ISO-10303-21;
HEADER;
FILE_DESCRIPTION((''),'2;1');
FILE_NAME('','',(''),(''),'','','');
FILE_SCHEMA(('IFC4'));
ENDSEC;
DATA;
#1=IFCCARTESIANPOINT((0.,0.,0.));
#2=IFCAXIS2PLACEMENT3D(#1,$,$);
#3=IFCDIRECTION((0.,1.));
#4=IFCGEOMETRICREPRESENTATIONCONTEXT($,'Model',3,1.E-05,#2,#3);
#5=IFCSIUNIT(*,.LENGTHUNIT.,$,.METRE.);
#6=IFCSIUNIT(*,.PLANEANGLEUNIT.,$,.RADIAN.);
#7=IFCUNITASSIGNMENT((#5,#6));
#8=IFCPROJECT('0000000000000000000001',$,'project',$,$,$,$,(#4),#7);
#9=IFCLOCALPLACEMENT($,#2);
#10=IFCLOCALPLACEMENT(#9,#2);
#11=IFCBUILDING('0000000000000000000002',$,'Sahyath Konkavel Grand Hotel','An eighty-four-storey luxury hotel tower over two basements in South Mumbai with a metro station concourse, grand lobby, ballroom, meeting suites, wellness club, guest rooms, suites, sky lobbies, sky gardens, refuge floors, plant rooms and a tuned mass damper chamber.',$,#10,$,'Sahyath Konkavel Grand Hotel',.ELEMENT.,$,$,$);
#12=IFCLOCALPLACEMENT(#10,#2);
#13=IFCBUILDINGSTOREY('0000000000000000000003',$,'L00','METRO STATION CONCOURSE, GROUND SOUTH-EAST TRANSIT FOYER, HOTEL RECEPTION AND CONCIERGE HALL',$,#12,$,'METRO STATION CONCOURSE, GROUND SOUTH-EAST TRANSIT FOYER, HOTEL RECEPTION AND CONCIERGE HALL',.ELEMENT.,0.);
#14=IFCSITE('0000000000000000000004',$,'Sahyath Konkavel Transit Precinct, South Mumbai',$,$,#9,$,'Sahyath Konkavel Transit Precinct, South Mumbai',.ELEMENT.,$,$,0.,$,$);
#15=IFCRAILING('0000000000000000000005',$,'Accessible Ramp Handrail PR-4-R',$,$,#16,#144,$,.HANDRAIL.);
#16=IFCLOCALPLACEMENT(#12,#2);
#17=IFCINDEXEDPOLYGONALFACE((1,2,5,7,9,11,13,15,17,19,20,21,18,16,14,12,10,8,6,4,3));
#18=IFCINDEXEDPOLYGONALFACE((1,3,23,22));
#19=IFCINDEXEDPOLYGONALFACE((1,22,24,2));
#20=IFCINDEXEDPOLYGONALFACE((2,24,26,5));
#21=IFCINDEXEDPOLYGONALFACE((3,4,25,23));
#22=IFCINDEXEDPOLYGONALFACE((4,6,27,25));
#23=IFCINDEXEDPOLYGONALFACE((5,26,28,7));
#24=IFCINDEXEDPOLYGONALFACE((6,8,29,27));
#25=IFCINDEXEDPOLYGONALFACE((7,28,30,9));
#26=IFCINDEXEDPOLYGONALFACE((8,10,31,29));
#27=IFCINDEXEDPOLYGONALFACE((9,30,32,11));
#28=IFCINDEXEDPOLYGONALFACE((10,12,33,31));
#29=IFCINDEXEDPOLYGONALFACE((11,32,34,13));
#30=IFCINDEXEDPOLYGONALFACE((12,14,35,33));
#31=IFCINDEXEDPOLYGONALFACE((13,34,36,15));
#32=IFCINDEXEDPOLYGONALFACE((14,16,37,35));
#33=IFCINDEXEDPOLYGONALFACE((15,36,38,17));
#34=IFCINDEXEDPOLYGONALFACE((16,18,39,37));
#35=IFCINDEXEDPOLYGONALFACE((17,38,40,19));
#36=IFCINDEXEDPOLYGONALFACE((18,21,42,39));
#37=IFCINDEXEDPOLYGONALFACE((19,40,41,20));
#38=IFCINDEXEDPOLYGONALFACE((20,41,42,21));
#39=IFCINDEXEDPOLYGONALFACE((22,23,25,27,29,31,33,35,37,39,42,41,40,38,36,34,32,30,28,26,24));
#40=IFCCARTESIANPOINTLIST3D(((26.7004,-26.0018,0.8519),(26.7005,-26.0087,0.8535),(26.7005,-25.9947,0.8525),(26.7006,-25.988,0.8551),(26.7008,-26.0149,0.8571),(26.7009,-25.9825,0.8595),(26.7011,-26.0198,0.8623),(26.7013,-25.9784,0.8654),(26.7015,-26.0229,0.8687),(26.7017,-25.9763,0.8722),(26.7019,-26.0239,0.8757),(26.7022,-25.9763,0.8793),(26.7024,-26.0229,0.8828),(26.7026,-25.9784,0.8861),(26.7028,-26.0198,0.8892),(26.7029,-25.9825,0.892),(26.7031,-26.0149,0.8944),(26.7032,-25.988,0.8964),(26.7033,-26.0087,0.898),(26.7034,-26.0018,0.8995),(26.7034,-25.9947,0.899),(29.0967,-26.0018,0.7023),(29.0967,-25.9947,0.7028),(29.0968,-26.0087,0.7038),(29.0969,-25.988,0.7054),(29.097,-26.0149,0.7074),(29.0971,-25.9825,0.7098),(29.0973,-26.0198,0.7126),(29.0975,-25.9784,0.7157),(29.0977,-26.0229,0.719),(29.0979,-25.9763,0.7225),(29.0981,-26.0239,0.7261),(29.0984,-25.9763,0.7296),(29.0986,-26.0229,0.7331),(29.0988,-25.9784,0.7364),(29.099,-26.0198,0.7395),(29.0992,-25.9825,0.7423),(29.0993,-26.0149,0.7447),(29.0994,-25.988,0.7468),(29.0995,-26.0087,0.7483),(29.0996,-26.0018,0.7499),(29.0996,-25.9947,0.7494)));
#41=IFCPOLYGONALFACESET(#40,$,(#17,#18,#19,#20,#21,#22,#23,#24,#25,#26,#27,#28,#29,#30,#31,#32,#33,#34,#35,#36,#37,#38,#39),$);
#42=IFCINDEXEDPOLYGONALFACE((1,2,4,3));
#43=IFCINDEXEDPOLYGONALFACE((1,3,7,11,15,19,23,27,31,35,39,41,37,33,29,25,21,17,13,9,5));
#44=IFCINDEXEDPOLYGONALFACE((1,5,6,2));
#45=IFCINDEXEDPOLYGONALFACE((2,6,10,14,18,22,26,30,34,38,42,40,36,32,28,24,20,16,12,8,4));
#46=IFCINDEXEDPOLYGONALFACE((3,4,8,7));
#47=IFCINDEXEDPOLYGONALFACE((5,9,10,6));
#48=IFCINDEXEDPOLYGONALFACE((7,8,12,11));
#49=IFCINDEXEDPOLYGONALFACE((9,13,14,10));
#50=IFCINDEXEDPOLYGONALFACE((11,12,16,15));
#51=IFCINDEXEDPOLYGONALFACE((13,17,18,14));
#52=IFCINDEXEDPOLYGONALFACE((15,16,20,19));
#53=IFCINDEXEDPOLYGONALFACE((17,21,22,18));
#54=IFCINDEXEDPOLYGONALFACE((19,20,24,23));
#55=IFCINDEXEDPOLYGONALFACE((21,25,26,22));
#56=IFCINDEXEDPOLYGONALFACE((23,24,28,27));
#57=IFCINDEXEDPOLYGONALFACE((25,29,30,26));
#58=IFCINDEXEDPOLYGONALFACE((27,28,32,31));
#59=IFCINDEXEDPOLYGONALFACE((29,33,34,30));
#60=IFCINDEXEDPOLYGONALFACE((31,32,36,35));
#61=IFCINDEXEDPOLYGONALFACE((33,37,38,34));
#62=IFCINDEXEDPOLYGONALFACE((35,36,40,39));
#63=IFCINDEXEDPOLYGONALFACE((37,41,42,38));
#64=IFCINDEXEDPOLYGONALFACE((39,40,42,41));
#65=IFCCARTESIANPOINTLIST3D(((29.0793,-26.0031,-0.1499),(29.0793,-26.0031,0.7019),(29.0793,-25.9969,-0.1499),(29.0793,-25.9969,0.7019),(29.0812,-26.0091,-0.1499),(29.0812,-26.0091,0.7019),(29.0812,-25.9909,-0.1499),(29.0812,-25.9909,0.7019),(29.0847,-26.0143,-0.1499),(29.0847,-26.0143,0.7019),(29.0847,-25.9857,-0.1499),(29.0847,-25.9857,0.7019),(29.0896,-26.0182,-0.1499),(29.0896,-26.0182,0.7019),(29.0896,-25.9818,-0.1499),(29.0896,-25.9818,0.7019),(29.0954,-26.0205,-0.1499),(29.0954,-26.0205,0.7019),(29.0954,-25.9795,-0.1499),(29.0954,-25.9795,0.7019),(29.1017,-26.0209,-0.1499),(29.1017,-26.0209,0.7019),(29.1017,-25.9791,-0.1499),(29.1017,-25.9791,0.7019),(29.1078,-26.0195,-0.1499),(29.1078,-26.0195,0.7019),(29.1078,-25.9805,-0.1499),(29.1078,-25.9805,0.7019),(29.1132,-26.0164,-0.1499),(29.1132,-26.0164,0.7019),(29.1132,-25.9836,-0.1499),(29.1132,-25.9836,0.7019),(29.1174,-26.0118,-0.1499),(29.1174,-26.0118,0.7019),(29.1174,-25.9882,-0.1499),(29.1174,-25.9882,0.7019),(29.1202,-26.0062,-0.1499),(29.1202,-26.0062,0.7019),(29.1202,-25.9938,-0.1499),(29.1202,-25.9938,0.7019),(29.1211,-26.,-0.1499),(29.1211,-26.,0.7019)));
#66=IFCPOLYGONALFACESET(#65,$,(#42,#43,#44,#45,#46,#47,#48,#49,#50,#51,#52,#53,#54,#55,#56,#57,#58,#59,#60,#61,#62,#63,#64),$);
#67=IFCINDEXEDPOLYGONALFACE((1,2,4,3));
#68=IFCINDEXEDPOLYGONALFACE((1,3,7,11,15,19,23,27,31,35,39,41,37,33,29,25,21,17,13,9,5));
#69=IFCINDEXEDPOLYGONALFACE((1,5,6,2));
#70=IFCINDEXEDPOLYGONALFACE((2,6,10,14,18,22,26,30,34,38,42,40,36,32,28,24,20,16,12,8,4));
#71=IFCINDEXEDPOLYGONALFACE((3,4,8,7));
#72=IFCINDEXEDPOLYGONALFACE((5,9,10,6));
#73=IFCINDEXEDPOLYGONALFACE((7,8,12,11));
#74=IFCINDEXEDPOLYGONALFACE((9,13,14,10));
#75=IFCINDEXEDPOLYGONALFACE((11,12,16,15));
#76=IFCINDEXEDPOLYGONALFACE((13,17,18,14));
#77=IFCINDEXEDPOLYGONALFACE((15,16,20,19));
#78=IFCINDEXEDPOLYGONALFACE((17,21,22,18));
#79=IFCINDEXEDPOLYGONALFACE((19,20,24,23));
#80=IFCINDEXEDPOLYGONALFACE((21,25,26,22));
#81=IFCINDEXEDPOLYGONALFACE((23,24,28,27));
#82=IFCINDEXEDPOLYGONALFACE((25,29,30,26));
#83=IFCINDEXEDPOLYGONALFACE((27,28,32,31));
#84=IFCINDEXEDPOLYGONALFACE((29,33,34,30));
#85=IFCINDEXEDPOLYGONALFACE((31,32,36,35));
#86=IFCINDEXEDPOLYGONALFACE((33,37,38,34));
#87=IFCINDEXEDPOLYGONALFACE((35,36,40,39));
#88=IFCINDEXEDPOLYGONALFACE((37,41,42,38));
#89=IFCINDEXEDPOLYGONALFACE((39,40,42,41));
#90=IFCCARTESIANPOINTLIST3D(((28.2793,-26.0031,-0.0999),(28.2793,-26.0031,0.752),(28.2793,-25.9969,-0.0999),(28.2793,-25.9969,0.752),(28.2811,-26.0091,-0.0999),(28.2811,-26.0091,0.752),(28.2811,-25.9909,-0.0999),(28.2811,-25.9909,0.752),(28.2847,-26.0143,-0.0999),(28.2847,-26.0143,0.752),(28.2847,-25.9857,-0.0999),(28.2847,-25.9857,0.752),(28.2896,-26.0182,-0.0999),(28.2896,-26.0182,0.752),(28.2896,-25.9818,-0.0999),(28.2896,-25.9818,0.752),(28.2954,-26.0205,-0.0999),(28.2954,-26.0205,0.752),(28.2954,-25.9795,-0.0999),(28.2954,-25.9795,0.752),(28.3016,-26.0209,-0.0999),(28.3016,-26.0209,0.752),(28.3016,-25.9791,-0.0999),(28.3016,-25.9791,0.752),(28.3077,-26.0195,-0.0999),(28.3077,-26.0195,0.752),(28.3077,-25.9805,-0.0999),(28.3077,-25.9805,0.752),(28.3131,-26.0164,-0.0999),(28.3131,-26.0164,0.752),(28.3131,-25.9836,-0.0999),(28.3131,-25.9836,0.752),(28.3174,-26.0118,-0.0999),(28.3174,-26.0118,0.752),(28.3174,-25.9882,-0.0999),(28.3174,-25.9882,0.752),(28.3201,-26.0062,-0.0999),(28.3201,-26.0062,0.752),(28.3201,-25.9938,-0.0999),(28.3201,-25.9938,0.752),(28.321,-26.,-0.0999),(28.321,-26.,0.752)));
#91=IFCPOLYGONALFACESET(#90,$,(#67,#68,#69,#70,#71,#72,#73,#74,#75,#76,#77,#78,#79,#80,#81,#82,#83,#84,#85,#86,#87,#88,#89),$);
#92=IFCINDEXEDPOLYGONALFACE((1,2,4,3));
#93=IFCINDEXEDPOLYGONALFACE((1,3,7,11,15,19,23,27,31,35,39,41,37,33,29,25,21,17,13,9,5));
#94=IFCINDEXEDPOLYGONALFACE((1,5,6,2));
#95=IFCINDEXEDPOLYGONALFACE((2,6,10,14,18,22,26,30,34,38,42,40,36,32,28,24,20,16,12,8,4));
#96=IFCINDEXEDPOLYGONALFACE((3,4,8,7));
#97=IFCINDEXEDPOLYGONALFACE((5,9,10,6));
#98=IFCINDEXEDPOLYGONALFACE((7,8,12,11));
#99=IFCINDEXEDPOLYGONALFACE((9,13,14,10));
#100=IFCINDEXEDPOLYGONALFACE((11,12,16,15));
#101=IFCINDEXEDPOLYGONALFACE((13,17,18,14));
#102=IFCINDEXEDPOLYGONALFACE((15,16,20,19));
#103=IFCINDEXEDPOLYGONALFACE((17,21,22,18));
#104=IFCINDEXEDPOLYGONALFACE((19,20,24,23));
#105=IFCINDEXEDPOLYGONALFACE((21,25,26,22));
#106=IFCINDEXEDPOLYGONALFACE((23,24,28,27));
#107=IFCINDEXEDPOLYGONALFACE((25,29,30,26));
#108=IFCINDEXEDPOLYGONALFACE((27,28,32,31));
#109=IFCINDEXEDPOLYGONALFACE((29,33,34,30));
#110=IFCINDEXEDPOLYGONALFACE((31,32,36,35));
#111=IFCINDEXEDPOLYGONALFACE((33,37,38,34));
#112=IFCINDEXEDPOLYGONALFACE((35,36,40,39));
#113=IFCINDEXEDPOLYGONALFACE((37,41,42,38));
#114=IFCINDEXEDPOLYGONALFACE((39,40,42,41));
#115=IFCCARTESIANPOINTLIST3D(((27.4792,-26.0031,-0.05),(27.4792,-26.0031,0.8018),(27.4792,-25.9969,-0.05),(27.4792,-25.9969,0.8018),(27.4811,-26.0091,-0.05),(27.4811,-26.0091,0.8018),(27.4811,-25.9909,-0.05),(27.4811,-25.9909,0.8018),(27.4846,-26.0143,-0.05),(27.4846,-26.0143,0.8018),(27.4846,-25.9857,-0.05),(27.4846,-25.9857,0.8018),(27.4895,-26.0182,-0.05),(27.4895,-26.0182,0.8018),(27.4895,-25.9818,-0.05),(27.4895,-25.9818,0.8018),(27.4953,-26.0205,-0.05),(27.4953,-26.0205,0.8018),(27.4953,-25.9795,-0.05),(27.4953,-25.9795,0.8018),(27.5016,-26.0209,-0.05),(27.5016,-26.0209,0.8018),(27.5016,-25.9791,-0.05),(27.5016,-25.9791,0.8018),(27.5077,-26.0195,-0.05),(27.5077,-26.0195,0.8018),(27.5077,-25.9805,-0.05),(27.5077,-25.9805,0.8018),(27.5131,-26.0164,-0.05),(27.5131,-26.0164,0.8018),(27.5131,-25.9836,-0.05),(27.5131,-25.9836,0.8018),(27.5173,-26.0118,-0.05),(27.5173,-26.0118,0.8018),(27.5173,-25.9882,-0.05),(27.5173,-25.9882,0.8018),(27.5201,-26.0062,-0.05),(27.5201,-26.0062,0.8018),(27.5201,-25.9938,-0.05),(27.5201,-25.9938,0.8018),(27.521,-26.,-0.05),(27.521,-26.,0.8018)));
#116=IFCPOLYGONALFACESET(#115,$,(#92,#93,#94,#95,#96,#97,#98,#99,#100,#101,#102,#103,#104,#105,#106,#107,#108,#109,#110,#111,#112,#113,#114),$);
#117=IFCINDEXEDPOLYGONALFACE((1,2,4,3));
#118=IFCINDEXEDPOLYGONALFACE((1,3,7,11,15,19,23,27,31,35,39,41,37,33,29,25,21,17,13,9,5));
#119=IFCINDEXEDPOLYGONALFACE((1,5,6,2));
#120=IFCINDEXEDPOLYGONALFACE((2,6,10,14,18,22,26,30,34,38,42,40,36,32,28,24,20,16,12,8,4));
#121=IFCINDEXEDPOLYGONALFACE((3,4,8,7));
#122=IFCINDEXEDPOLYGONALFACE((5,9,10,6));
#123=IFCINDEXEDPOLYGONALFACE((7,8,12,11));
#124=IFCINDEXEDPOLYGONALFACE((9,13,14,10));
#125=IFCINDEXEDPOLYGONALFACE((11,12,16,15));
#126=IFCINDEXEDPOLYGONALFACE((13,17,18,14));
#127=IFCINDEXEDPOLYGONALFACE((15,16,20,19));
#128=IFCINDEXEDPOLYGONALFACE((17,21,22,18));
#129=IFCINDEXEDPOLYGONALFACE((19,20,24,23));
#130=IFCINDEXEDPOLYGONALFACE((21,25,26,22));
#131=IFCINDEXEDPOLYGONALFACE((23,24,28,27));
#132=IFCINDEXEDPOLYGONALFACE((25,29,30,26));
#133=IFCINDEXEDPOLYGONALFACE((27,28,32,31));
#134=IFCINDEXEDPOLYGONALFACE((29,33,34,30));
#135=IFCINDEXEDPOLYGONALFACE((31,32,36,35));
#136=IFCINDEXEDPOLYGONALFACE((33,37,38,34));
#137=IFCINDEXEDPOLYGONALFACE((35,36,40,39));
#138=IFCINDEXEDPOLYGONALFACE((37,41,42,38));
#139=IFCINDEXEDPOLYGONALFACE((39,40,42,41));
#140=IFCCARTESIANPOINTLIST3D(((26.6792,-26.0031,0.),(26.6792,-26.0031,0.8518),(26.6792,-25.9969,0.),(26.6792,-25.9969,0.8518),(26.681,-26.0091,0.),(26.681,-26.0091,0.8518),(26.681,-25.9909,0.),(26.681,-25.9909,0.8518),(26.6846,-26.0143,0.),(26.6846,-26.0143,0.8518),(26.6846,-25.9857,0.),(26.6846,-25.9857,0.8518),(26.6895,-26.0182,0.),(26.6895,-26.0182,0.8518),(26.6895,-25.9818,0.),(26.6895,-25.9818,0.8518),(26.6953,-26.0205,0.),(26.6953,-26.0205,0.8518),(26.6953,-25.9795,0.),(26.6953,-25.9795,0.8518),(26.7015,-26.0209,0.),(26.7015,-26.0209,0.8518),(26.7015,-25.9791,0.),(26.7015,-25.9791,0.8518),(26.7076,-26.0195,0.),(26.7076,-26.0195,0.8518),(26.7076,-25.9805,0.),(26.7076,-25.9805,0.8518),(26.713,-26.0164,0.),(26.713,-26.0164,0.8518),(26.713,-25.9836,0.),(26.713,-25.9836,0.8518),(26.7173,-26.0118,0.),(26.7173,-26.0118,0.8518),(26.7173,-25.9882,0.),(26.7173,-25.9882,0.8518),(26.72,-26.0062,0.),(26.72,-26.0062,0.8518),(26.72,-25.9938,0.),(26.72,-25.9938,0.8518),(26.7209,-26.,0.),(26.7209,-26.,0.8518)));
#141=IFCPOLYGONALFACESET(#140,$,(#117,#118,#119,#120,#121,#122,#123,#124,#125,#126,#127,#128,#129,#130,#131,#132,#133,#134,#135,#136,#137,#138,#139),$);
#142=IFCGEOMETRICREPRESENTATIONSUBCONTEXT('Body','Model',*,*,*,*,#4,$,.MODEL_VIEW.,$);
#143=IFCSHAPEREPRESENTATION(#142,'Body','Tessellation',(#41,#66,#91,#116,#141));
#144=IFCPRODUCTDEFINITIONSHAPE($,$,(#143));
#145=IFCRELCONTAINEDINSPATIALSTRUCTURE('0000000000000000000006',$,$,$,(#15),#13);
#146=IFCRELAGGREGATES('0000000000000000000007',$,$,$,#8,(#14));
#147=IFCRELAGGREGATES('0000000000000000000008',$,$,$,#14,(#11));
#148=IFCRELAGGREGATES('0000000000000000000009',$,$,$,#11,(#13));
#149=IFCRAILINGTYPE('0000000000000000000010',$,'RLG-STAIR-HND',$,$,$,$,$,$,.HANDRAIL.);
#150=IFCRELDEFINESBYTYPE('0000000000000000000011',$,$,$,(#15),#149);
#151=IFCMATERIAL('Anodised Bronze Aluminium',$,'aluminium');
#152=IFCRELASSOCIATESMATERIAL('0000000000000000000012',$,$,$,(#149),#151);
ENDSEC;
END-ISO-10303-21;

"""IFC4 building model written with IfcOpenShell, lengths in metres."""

from ifc_helpers import new_model, si_unit, direction, frame, origin, origin_2d, place, context, subcontext, project, spatial, circle, extrude, material, type_object, element, save


model = new_model("IFC4")

# Units and contexts
model_context = context("Model", 3, precision=1e-05, world=origin(), true_north=direction((0.0, 1.0)))
body_context = subcontext(model_context, "Body", "Model", "MODEL_VIEW")
ifc_project = project(units=[si_unit("LENGTHUNIT", "METRE"), si_unit("PLANEANGLEUNIT", "RADIAN")], contexts=[model_context])

# Site, building, storey
site_placement = place(None, origin())
site = spatial("IfcSite", under=ifc_project, at=site_placement, Name="Sahyath Konkavel Transit Precinct, South Mumbai", LongName="Sahyath Konkavel Transit Precinct, South Mumbai", CompositionType="ELEMENT", RefElevation=0.0)
building_placement = place(site_placement, origin())
building = spatial("IfcBuilding", under=site, at=building_placement, Name="Sahyath Konkavel Grand Hotel", Description="An eighty-four-storey luxury hotel tower over two basements in South Mumbai with a metro station concourse, grand lobby, ballroom, meeting suites, wellness club, guest rooms, suites, sky lobbies, sky gardens, refuge floors, plant rooms and a tuned mass damper chamber.", LongName="Sahyath Konkavel Grand Hotel", CompositionType="ELEMENT")
storey_placement = place(building_placement, origin())
storey = spatial("IfcBuildingStorey", under=building, at=storey_placement, Name="L00", Description="METRO STATION CONCOURSE, GROUND SOUTH-EAST TRANSIT FOYER, HOTEL RECEPTION AND CONCIERGE HALL", LongName="METRO STATION CONCOURSE, GROUND SOUTH-EAST TRANSIT FOYER, HOTEL RECEPTION AND CONCIERGE HALL", CompositionType="ELEMENT", Elevation=0.0)

# Railing
ifc_material_1 = material(Name="Anodised Bronze Aluminium", Category="aluminium")
railing_type_1 = type_object("IfcRailingType", Name="RLG-STAIR-HND", PredefinedType="HANDRAIL", material=ifc_material_1)
for number, where, name in (
    (1, (29.1001, -26.0, -0.1499), "Accessible Ramp Handrail PR-4-R"),
):
    element("IfcRailing", number, at=place(storey_placement, frame(where)), inside=storey, type_object=railing_type_1, Name=name, PredefinedType="HANDRAIL", context=body_context, shape_type="SweptSolid", body=[
        extrude(circle(Radius=0.0239, at=origin_2d()), frame((-0.002, 0.0, 0.876), z_axis=(-0.998055, 0.0, 0.062334), x_axis=(0.0, -1.0, 0.0)), (0.0, 0.0, 1.0), 2.4009),
        extrude(circle(Radius=0.021, at=origin_2d()), origin(), (0.0, 0.0, 1.0), 0.8518),
        extrude(circle(Radius=0.021, at=origin_2d()), frame((-0.8, 0.0, 0.05)), (0.0, 0.0, 1.0), 0.8518),
        extrude(circle(Radius=0.021, at=origin_2d()), frame((-1.6001, 0.0, 0.0999)), (0.0, 0.0, 1.0), 0.8518),
        extrude(circle(Radius=0.021, at=origin_2d()), frame((-2.4001, 0.0, 0.1499)), (0.0, 0.0, 1.0), 0.8518),
    ])

save(model, "model.ifc")
